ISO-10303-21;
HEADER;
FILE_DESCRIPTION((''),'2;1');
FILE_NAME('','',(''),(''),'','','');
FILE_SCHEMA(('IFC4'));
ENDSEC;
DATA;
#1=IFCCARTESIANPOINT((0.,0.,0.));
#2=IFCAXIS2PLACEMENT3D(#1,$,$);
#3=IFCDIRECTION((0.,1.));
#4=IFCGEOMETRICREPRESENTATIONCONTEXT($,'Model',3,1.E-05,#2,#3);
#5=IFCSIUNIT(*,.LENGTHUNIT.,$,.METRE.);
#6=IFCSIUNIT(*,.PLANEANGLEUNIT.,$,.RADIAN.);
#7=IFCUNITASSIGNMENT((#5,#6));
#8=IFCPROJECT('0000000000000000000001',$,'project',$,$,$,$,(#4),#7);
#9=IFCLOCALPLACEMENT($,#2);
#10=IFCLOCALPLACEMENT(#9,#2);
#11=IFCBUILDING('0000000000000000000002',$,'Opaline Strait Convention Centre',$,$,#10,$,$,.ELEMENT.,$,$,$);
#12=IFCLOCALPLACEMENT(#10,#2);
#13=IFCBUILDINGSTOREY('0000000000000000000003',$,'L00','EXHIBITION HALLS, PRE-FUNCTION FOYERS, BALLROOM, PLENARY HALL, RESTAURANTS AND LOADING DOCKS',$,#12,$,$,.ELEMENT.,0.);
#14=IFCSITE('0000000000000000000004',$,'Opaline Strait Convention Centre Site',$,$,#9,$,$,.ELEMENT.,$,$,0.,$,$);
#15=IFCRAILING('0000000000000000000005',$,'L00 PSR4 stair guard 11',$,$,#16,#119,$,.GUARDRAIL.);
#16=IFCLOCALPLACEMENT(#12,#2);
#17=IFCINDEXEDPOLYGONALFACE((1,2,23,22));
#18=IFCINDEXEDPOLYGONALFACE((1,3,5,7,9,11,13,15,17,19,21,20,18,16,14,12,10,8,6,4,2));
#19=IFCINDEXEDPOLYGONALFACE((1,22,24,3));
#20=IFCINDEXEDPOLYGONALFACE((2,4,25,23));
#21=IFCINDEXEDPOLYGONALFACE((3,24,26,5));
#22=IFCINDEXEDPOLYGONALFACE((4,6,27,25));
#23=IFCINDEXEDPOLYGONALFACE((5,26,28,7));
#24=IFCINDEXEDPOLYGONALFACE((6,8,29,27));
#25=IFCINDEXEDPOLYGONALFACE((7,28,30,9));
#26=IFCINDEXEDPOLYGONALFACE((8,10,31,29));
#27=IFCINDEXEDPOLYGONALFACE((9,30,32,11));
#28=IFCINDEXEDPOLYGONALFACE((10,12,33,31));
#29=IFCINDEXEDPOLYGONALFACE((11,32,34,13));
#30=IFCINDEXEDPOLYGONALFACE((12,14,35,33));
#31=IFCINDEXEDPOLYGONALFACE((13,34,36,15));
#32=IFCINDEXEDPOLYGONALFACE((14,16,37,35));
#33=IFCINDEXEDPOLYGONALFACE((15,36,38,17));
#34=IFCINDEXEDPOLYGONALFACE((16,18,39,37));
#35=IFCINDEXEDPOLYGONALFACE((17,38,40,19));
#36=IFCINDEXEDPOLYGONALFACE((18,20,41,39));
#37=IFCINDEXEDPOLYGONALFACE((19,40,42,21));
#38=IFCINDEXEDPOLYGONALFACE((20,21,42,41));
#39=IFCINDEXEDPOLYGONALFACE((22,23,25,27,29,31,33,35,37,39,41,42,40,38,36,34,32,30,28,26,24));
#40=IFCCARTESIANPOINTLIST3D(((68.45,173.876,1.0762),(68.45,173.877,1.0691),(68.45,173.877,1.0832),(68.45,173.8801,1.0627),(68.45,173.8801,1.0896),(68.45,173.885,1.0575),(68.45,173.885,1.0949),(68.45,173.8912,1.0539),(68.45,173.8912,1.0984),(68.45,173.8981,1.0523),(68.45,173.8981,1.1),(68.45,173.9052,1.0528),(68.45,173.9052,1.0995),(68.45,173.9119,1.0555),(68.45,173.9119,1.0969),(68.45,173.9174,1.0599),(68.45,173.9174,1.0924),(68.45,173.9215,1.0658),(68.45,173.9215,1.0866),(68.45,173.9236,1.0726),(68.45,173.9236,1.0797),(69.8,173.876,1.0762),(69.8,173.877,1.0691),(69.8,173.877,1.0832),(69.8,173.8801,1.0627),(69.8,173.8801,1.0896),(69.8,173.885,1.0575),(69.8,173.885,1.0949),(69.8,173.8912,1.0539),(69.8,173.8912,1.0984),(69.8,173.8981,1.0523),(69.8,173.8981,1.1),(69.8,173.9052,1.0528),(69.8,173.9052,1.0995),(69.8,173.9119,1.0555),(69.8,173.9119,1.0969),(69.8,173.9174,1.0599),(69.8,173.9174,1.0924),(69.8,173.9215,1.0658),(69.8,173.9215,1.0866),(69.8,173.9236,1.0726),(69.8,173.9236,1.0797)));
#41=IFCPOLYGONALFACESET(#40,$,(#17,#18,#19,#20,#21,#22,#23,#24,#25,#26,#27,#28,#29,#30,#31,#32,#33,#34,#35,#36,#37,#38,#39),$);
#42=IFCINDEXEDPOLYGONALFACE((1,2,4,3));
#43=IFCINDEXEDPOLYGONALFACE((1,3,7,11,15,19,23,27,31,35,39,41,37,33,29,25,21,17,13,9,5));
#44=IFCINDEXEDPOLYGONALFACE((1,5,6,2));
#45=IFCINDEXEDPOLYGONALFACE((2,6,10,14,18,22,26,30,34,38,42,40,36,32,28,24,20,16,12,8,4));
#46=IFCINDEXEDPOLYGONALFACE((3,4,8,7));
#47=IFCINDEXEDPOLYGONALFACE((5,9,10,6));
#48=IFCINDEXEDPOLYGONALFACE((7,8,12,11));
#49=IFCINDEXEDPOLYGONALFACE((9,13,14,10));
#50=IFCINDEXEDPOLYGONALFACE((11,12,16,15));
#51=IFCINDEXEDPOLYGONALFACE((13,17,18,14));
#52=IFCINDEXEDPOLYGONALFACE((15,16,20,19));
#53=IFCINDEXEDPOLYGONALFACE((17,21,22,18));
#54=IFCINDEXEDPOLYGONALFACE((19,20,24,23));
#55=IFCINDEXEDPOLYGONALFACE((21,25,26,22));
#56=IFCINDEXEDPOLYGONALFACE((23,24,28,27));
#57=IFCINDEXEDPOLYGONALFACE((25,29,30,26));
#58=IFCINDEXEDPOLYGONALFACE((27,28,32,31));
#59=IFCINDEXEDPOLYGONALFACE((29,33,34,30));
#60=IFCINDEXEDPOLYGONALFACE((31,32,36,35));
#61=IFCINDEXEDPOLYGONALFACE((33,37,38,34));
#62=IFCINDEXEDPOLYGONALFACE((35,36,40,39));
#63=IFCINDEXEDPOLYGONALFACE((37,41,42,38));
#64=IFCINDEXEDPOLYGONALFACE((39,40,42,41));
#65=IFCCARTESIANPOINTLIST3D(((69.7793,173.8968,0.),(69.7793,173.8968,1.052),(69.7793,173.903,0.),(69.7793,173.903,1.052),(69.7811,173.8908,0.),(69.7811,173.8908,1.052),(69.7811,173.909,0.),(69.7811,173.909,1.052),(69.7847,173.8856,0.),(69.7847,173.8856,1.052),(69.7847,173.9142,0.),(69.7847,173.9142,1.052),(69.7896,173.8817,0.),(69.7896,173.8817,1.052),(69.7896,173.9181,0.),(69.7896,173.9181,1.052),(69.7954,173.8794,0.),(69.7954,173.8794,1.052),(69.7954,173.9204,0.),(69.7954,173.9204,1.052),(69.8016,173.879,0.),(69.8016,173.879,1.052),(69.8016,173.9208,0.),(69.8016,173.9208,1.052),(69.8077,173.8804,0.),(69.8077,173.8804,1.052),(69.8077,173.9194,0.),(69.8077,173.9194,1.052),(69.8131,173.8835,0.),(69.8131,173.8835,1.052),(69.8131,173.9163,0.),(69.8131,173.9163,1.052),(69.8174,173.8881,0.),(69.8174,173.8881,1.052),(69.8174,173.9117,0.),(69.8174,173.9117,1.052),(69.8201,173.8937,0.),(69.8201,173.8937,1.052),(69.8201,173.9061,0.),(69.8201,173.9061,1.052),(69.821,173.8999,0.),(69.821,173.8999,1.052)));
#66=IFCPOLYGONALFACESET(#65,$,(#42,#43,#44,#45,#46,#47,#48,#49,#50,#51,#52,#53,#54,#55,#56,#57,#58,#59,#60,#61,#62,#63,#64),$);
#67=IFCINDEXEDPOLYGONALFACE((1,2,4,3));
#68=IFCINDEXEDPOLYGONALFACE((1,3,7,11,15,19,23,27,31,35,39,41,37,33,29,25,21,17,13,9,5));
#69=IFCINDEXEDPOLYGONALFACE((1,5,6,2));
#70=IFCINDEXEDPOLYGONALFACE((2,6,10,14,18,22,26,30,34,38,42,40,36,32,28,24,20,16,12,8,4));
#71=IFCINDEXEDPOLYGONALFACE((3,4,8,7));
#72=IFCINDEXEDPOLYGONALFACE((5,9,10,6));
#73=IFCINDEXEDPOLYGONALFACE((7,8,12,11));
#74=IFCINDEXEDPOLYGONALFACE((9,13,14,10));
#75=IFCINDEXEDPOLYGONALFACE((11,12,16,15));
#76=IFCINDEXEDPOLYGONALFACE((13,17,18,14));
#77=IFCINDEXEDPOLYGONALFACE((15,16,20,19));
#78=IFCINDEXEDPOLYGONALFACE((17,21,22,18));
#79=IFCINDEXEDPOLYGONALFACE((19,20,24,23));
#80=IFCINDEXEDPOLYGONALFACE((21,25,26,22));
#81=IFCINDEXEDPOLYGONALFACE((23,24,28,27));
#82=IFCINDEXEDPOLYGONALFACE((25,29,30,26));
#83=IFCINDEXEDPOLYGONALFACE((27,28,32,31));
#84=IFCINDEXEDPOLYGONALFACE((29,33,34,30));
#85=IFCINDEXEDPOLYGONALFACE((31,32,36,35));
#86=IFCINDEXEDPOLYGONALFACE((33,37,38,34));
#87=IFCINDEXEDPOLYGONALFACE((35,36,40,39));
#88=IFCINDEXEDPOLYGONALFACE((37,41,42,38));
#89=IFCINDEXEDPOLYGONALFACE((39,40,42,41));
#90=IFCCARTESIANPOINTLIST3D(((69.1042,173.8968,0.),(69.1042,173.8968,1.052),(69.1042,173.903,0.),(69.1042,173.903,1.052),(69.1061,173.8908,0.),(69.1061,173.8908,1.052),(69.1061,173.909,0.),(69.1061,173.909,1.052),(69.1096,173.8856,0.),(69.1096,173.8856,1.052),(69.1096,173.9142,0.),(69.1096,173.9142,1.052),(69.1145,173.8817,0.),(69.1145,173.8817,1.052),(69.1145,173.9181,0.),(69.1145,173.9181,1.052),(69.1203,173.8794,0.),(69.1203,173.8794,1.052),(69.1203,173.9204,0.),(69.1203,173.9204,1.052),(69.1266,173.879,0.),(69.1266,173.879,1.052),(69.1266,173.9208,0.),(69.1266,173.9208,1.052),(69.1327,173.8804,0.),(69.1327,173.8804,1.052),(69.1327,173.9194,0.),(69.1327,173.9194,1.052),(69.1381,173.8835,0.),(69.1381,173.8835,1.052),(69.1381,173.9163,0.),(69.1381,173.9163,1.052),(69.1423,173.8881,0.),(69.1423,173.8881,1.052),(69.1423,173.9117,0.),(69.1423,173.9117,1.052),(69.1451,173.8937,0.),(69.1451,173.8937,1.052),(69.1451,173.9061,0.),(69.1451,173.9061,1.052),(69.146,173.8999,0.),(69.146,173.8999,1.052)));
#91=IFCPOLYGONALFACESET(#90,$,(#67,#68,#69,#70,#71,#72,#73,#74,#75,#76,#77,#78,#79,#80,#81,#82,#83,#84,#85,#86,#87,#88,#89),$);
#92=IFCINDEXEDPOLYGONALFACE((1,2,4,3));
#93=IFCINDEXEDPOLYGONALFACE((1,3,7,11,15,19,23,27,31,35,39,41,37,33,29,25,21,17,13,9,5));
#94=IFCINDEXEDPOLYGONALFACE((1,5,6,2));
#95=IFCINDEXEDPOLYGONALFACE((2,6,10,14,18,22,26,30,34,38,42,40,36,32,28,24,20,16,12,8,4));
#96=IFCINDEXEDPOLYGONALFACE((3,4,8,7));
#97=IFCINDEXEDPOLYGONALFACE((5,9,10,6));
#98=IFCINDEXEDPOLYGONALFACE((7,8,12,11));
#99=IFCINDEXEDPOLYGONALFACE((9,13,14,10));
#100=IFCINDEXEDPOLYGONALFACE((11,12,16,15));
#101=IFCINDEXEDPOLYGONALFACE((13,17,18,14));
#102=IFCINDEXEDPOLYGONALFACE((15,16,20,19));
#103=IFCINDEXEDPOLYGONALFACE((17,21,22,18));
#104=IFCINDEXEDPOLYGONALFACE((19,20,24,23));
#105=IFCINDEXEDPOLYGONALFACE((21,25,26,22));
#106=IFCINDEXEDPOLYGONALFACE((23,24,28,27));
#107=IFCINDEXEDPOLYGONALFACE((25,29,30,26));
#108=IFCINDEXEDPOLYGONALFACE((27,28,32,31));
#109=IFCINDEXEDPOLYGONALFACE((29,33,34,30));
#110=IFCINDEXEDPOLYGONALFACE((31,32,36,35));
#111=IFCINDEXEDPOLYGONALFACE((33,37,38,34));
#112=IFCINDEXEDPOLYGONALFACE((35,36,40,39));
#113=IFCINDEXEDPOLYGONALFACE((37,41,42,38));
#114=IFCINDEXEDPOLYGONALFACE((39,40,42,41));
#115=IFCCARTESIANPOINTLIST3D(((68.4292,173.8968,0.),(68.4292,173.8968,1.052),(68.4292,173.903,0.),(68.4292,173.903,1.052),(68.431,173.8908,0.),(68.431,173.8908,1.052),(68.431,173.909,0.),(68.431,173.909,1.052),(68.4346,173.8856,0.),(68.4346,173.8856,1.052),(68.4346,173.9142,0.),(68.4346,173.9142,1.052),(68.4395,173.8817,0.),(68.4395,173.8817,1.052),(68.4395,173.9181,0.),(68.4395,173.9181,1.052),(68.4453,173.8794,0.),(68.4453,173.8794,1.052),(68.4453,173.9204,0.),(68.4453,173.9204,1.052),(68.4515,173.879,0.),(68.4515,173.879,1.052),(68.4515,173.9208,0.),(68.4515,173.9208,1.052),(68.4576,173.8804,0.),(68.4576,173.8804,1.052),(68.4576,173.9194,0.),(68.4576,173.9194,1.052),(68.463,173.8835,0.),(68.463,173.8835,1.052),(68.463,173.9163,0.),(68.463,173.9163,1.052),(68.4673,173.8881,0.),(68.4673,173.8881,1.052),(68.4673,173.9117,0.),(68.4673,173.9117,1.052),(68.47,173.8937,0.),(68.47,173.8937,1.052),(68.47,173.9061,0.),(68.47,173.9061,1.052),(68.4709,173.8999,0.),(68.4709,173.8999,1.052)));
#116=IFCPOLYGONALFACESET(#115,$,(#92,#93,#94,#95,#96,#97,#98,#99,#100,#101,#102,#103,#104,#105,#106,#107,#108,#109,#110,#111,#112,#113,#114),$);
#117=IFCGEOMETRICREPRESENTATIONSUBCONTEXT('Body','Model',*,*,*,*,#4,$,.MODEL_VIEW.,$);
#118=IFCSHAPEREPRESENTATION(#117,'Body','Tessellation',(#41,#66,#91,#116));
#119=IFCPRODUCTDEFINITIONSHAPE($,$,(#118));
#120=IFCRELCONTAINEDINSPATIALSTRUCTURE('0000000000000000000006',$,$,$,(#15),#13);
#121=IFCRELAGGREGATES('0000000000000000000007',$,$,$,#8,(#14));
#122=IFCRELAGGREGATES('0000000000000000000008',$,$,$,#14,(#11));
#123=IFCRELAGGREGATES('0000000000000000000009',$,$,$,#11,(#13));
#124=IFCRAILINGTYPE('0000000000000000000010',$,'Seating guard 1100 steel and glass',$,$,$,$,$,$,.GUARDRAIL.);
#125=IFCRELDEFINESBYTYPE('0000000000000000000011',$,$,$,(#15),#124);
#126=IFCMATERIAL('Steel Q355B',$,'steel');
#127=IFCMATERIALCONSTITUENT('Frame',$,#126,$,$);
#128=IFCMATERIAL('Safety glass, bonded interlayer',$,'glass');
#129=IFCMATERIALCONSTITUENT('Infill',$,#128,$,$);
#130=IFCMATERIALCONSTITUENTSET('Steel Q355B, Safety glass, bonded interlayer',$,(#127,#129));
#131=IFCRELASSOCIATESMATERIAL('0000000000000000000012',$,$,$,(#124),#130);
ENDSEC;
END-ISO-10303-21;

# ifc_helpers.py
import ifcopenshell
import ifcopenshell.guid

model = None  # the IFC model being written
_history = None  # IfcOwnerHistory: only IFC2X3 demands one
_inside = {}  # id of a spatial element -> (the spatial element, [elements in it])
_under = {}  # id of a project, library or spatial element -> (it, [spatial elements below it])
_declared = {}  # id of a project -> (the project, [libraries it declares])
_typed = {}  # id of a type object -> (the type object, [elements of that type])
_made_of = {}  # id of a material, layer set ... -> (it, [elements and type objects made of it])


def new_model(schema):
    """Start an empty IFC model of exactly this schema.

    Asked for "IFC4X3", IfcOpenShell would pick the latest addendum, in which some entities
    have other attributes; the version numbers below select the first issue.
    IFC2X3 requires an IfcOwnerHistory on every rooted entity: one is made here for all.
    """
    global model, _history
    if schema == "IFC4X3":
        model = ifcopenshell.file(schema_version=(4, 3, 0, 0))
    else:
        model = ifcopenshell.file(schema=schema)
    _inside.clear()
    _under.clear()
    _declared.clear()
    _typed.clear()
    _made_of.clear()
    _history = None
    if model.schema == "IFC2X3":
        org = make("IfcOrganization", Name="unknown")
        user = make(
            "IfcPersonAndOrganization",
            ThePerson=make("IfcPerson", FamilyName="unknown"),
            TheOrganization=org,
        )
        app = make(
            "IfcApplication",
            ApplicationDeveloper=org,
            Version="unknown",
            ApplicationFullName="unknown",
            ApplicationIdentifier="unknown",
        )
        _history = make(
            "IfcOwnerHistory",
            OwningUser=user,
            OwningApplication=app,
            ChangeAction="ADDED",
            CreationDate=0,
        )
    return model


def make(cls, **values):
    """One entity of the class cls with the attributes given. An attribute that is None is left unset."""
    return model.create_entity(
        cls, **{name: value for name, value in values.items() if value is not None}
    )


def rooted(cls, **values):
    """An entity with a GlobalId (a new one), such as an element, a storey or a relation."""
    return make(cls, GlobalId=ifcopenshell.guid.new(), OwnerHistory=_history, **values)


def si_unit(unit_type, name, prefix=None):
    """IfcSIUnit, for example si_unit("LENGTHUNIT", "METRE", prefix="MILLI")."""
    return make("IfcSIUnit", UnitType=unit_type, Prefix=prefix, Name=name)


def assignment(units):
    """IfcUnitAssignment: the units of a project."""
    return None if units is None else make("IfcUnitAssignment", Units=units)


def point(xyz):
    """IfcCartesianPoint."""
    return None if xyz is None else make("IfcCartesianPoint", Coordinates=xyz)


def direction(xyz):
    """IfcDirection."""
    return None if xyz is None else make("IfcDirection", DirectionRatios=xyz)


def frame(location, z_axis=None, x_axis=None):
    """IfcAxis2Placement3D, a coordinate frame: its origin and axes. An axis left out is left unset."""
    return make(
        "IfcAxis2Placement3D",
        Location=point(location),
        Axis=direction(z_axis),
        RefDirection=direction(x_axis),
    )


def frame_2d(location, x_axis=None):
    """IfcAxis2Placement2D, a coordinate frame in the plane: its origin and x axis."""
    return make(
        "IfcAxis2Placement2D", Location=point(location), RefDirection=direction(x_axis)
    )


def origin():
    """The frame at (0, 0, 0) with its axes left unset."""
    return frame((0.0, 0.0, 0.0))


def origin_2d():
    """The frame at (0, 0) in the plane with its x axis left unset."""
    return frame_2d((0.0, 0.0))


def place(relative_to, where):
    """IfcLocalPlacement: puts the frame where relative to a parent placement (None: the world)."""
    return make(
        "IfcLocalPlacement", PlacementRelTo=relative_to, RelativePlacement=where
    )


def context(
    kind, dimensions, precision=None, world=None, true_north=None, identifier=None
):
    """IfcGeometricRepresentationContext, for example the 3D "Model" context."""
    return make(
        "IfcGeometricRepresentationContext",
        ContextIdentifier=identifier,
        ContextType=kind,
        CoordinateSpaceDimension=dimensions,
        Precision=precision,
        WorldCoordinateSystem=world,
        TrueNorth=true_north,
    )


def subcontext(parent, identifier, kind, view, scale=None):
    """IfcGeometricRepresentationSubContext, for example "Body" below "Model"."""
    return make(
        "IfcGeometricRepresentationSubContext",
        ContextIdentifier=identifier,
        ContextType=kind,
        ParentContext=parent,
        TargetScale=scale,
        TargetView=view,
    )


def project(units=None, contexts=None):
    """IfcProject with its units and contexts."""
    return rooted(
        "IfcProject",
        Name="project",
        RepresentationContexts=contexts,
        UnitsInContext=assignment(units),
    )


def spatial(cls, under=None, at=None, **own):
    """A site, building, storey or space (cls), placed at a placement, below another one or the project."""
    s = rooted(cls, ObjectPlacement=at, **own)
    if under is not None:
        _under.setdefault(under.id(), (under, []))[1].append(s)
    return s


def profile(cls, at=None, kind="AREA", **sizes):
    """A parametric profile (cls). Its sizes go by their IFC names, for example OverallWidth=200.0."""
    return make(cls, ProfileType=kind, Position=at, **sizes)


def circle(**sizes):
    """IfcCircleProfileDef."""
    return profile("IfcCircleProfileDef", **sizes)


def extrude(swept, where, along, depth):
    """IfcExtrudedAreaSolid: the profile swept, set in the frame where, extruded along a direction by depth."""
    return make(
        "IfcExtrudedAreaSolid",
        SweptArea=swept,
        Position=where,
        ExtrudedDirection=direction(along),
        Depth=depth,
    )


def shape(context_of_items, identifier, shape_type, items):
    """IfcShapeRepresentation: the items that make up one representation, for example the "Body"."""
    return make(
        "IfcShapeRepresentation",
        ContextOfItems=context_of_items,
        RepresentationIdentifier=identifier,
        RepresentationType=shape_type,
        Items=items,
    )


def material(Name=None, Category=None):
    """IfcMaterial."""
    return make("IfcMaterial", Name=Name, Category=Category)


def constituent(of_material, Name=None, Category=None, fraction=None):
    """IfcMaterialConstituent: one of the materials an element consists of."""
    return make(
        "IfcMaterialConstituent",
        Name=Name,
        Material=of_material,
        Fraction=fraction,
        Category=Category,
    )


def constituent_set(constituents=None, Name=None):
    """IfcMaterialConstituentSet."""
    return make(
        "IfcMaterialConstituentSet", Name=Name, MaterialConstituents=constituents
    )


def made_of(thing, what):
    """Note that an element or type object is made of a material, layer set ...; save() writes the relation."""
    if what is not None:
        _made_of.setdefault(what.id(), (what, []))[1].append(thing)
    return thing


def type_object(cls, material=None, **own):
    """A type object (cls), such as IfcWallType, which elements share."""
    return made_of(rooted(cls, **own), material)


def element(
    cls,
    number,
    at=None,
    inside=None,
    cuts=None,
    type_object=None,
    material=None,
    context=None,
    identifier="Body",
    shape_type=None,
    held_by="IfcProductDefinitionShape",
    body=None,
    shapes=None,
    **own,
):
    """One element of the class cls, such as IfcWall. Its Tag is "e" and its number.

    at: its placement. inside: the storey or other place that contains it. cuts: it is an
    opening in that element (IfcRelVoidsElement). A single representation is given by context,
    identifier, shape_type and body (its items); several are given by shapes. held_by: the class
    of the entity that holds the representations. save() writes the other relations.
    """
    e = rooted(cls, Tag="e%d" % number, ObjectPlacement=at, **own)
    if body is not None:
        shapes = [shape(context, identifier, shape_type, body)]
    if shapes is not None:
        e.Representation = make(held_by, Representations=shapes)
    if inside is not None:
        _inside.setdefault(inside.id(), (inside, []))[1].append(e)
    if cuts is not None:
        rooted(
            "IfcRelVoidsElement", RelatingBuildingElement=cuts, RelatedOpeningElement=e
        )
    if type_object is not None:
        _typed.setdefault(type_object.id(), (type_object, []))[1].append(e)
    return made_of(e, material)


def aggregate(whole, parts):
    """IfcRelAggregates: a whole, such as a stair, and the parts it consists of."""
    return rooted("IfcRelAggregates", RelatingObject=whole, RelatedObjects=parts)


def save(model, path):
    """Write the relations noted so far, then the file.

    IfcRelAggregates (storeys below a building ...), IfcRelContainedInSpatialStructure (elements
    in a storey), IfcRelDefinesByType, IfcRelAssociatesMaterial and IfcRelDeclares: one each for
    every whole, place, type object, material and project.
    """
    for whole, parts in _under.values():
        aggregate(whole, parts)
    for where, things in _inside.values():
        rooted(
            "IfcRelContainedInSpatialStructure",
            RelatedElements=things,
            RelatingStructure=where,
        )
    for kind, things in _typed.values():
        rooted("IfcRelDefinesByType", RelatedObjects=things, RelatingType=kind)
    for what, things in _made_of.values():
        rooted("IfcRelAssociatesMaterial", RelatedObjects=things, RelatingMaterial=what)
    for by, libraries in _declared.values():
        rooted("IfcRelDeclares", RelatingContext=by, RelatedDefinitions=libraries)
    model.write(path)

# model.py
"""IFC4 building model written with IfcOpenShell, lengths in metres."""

from ifc_helpers import new_model, si_unit, direction, frame, origin, origin_2d, place, context, subcontext, project, spatial, circle, extrude, material, constituent, constituent_set, type_object, element, save


model = new_model("IFC4")

# Units and contexts
model_context = context("Model", 3, precision=1e-05, world=origin(), true_north=direction((0.0, 1.0)))
body_context = subcontext(model_context, "Body", "Model", "MODEL_VIEW")
ifc_project = project(units=[si_unit("LENGTHUNIT", "METRE"), si_unit("PLANEANGLEUNIT", "RADIAN")], contexts=[model_context])

# Site, building, storey
site_placement = place(None, origin())
site = spatial("IfcSite", under=ifc_project, at=site_placement, Name="Opaline Strait Convention Centre Site", CompositionType="ELEMENT", RefElevation=0.0)
building_placement = place(site_placement, origin())
building = spatial("IfcBuilding", under=site, at=building_placement, Name="Opaline Strait Convention Centre", CompositionType="ELEMENT")
storey_placement = place(building_placement, origin())
storey = spatial("IfcBuildingStorey", under=building, at=storey_placement, Name="L00", Description="EXHIBITION HALLS, PRE-FUNCTION FOYERS, BALLROOM, PLENARY HALL, RESTAURANTS AND LOADING DOCKS", CompositionType="ELEMENT", Elevation=0.0)

# Railing
ifc_material_1 = material(Name="Steel Q355B", Category="steel")
ifc_constituent_1 = constituent(ifc_material_1, Name="Frame")
ifc_material_2 = material(Name="Safety glass, bonded interlayer", Category="glass")
ifc_constituent_2 = constituent(ifc_material_2, Name="Infill")
ifc_constituent_set = constituent_set(constituents=[ifc_constituent_1, ifc_constituent_2], Name="Steel Q355B, Safety glass, bonded interlayer")
railing_type_1 = type_object("IfcRailingType", Name="Seating guard 1100 steel and glass", PredefinedType="GUARDRAIL", material=ifc_constituent_set)
for number, where, name in (
    (1, (69.8, 173.8999, 0.0), "L00 PSR4 stair guard 11"),
):
    element("IfcRailing", number, at=place(storey_placement, frame(where)), inside=storey, type_object=railing_type_1, Name=name, PredefinedType="GUARDRAIL", context=body_context, shape_type="SweptSolid", body=[
        extrude(circle(Radius=0.0239, at=origin_2d()), frame((0.0, 0.0, 1.0762), z_axis=(-1.0, 0.0, 0.0), x_axis=(0.0, -1.0, 0.0)), (0.0, 0.0, 1.0), 1.3501),
        extrude(circle(Radius=0.021, at=origin_2d()), origin(), (0.0, 0.0, 1.0), 1.052),
        extrude(circle(Radius=0.021, at=origin_2d()), frame((-0.675, 0.0, 0.0)), (0.0, 0.0, 1.0), 1.052),
        extrude(circle(Radius=0.021, at=origin_2d()), frame((-1.3501, 0.0, 0.0)), (0.0, 0.0, 1.0), 1.052),
    ])

save(model, "model.ifc")
